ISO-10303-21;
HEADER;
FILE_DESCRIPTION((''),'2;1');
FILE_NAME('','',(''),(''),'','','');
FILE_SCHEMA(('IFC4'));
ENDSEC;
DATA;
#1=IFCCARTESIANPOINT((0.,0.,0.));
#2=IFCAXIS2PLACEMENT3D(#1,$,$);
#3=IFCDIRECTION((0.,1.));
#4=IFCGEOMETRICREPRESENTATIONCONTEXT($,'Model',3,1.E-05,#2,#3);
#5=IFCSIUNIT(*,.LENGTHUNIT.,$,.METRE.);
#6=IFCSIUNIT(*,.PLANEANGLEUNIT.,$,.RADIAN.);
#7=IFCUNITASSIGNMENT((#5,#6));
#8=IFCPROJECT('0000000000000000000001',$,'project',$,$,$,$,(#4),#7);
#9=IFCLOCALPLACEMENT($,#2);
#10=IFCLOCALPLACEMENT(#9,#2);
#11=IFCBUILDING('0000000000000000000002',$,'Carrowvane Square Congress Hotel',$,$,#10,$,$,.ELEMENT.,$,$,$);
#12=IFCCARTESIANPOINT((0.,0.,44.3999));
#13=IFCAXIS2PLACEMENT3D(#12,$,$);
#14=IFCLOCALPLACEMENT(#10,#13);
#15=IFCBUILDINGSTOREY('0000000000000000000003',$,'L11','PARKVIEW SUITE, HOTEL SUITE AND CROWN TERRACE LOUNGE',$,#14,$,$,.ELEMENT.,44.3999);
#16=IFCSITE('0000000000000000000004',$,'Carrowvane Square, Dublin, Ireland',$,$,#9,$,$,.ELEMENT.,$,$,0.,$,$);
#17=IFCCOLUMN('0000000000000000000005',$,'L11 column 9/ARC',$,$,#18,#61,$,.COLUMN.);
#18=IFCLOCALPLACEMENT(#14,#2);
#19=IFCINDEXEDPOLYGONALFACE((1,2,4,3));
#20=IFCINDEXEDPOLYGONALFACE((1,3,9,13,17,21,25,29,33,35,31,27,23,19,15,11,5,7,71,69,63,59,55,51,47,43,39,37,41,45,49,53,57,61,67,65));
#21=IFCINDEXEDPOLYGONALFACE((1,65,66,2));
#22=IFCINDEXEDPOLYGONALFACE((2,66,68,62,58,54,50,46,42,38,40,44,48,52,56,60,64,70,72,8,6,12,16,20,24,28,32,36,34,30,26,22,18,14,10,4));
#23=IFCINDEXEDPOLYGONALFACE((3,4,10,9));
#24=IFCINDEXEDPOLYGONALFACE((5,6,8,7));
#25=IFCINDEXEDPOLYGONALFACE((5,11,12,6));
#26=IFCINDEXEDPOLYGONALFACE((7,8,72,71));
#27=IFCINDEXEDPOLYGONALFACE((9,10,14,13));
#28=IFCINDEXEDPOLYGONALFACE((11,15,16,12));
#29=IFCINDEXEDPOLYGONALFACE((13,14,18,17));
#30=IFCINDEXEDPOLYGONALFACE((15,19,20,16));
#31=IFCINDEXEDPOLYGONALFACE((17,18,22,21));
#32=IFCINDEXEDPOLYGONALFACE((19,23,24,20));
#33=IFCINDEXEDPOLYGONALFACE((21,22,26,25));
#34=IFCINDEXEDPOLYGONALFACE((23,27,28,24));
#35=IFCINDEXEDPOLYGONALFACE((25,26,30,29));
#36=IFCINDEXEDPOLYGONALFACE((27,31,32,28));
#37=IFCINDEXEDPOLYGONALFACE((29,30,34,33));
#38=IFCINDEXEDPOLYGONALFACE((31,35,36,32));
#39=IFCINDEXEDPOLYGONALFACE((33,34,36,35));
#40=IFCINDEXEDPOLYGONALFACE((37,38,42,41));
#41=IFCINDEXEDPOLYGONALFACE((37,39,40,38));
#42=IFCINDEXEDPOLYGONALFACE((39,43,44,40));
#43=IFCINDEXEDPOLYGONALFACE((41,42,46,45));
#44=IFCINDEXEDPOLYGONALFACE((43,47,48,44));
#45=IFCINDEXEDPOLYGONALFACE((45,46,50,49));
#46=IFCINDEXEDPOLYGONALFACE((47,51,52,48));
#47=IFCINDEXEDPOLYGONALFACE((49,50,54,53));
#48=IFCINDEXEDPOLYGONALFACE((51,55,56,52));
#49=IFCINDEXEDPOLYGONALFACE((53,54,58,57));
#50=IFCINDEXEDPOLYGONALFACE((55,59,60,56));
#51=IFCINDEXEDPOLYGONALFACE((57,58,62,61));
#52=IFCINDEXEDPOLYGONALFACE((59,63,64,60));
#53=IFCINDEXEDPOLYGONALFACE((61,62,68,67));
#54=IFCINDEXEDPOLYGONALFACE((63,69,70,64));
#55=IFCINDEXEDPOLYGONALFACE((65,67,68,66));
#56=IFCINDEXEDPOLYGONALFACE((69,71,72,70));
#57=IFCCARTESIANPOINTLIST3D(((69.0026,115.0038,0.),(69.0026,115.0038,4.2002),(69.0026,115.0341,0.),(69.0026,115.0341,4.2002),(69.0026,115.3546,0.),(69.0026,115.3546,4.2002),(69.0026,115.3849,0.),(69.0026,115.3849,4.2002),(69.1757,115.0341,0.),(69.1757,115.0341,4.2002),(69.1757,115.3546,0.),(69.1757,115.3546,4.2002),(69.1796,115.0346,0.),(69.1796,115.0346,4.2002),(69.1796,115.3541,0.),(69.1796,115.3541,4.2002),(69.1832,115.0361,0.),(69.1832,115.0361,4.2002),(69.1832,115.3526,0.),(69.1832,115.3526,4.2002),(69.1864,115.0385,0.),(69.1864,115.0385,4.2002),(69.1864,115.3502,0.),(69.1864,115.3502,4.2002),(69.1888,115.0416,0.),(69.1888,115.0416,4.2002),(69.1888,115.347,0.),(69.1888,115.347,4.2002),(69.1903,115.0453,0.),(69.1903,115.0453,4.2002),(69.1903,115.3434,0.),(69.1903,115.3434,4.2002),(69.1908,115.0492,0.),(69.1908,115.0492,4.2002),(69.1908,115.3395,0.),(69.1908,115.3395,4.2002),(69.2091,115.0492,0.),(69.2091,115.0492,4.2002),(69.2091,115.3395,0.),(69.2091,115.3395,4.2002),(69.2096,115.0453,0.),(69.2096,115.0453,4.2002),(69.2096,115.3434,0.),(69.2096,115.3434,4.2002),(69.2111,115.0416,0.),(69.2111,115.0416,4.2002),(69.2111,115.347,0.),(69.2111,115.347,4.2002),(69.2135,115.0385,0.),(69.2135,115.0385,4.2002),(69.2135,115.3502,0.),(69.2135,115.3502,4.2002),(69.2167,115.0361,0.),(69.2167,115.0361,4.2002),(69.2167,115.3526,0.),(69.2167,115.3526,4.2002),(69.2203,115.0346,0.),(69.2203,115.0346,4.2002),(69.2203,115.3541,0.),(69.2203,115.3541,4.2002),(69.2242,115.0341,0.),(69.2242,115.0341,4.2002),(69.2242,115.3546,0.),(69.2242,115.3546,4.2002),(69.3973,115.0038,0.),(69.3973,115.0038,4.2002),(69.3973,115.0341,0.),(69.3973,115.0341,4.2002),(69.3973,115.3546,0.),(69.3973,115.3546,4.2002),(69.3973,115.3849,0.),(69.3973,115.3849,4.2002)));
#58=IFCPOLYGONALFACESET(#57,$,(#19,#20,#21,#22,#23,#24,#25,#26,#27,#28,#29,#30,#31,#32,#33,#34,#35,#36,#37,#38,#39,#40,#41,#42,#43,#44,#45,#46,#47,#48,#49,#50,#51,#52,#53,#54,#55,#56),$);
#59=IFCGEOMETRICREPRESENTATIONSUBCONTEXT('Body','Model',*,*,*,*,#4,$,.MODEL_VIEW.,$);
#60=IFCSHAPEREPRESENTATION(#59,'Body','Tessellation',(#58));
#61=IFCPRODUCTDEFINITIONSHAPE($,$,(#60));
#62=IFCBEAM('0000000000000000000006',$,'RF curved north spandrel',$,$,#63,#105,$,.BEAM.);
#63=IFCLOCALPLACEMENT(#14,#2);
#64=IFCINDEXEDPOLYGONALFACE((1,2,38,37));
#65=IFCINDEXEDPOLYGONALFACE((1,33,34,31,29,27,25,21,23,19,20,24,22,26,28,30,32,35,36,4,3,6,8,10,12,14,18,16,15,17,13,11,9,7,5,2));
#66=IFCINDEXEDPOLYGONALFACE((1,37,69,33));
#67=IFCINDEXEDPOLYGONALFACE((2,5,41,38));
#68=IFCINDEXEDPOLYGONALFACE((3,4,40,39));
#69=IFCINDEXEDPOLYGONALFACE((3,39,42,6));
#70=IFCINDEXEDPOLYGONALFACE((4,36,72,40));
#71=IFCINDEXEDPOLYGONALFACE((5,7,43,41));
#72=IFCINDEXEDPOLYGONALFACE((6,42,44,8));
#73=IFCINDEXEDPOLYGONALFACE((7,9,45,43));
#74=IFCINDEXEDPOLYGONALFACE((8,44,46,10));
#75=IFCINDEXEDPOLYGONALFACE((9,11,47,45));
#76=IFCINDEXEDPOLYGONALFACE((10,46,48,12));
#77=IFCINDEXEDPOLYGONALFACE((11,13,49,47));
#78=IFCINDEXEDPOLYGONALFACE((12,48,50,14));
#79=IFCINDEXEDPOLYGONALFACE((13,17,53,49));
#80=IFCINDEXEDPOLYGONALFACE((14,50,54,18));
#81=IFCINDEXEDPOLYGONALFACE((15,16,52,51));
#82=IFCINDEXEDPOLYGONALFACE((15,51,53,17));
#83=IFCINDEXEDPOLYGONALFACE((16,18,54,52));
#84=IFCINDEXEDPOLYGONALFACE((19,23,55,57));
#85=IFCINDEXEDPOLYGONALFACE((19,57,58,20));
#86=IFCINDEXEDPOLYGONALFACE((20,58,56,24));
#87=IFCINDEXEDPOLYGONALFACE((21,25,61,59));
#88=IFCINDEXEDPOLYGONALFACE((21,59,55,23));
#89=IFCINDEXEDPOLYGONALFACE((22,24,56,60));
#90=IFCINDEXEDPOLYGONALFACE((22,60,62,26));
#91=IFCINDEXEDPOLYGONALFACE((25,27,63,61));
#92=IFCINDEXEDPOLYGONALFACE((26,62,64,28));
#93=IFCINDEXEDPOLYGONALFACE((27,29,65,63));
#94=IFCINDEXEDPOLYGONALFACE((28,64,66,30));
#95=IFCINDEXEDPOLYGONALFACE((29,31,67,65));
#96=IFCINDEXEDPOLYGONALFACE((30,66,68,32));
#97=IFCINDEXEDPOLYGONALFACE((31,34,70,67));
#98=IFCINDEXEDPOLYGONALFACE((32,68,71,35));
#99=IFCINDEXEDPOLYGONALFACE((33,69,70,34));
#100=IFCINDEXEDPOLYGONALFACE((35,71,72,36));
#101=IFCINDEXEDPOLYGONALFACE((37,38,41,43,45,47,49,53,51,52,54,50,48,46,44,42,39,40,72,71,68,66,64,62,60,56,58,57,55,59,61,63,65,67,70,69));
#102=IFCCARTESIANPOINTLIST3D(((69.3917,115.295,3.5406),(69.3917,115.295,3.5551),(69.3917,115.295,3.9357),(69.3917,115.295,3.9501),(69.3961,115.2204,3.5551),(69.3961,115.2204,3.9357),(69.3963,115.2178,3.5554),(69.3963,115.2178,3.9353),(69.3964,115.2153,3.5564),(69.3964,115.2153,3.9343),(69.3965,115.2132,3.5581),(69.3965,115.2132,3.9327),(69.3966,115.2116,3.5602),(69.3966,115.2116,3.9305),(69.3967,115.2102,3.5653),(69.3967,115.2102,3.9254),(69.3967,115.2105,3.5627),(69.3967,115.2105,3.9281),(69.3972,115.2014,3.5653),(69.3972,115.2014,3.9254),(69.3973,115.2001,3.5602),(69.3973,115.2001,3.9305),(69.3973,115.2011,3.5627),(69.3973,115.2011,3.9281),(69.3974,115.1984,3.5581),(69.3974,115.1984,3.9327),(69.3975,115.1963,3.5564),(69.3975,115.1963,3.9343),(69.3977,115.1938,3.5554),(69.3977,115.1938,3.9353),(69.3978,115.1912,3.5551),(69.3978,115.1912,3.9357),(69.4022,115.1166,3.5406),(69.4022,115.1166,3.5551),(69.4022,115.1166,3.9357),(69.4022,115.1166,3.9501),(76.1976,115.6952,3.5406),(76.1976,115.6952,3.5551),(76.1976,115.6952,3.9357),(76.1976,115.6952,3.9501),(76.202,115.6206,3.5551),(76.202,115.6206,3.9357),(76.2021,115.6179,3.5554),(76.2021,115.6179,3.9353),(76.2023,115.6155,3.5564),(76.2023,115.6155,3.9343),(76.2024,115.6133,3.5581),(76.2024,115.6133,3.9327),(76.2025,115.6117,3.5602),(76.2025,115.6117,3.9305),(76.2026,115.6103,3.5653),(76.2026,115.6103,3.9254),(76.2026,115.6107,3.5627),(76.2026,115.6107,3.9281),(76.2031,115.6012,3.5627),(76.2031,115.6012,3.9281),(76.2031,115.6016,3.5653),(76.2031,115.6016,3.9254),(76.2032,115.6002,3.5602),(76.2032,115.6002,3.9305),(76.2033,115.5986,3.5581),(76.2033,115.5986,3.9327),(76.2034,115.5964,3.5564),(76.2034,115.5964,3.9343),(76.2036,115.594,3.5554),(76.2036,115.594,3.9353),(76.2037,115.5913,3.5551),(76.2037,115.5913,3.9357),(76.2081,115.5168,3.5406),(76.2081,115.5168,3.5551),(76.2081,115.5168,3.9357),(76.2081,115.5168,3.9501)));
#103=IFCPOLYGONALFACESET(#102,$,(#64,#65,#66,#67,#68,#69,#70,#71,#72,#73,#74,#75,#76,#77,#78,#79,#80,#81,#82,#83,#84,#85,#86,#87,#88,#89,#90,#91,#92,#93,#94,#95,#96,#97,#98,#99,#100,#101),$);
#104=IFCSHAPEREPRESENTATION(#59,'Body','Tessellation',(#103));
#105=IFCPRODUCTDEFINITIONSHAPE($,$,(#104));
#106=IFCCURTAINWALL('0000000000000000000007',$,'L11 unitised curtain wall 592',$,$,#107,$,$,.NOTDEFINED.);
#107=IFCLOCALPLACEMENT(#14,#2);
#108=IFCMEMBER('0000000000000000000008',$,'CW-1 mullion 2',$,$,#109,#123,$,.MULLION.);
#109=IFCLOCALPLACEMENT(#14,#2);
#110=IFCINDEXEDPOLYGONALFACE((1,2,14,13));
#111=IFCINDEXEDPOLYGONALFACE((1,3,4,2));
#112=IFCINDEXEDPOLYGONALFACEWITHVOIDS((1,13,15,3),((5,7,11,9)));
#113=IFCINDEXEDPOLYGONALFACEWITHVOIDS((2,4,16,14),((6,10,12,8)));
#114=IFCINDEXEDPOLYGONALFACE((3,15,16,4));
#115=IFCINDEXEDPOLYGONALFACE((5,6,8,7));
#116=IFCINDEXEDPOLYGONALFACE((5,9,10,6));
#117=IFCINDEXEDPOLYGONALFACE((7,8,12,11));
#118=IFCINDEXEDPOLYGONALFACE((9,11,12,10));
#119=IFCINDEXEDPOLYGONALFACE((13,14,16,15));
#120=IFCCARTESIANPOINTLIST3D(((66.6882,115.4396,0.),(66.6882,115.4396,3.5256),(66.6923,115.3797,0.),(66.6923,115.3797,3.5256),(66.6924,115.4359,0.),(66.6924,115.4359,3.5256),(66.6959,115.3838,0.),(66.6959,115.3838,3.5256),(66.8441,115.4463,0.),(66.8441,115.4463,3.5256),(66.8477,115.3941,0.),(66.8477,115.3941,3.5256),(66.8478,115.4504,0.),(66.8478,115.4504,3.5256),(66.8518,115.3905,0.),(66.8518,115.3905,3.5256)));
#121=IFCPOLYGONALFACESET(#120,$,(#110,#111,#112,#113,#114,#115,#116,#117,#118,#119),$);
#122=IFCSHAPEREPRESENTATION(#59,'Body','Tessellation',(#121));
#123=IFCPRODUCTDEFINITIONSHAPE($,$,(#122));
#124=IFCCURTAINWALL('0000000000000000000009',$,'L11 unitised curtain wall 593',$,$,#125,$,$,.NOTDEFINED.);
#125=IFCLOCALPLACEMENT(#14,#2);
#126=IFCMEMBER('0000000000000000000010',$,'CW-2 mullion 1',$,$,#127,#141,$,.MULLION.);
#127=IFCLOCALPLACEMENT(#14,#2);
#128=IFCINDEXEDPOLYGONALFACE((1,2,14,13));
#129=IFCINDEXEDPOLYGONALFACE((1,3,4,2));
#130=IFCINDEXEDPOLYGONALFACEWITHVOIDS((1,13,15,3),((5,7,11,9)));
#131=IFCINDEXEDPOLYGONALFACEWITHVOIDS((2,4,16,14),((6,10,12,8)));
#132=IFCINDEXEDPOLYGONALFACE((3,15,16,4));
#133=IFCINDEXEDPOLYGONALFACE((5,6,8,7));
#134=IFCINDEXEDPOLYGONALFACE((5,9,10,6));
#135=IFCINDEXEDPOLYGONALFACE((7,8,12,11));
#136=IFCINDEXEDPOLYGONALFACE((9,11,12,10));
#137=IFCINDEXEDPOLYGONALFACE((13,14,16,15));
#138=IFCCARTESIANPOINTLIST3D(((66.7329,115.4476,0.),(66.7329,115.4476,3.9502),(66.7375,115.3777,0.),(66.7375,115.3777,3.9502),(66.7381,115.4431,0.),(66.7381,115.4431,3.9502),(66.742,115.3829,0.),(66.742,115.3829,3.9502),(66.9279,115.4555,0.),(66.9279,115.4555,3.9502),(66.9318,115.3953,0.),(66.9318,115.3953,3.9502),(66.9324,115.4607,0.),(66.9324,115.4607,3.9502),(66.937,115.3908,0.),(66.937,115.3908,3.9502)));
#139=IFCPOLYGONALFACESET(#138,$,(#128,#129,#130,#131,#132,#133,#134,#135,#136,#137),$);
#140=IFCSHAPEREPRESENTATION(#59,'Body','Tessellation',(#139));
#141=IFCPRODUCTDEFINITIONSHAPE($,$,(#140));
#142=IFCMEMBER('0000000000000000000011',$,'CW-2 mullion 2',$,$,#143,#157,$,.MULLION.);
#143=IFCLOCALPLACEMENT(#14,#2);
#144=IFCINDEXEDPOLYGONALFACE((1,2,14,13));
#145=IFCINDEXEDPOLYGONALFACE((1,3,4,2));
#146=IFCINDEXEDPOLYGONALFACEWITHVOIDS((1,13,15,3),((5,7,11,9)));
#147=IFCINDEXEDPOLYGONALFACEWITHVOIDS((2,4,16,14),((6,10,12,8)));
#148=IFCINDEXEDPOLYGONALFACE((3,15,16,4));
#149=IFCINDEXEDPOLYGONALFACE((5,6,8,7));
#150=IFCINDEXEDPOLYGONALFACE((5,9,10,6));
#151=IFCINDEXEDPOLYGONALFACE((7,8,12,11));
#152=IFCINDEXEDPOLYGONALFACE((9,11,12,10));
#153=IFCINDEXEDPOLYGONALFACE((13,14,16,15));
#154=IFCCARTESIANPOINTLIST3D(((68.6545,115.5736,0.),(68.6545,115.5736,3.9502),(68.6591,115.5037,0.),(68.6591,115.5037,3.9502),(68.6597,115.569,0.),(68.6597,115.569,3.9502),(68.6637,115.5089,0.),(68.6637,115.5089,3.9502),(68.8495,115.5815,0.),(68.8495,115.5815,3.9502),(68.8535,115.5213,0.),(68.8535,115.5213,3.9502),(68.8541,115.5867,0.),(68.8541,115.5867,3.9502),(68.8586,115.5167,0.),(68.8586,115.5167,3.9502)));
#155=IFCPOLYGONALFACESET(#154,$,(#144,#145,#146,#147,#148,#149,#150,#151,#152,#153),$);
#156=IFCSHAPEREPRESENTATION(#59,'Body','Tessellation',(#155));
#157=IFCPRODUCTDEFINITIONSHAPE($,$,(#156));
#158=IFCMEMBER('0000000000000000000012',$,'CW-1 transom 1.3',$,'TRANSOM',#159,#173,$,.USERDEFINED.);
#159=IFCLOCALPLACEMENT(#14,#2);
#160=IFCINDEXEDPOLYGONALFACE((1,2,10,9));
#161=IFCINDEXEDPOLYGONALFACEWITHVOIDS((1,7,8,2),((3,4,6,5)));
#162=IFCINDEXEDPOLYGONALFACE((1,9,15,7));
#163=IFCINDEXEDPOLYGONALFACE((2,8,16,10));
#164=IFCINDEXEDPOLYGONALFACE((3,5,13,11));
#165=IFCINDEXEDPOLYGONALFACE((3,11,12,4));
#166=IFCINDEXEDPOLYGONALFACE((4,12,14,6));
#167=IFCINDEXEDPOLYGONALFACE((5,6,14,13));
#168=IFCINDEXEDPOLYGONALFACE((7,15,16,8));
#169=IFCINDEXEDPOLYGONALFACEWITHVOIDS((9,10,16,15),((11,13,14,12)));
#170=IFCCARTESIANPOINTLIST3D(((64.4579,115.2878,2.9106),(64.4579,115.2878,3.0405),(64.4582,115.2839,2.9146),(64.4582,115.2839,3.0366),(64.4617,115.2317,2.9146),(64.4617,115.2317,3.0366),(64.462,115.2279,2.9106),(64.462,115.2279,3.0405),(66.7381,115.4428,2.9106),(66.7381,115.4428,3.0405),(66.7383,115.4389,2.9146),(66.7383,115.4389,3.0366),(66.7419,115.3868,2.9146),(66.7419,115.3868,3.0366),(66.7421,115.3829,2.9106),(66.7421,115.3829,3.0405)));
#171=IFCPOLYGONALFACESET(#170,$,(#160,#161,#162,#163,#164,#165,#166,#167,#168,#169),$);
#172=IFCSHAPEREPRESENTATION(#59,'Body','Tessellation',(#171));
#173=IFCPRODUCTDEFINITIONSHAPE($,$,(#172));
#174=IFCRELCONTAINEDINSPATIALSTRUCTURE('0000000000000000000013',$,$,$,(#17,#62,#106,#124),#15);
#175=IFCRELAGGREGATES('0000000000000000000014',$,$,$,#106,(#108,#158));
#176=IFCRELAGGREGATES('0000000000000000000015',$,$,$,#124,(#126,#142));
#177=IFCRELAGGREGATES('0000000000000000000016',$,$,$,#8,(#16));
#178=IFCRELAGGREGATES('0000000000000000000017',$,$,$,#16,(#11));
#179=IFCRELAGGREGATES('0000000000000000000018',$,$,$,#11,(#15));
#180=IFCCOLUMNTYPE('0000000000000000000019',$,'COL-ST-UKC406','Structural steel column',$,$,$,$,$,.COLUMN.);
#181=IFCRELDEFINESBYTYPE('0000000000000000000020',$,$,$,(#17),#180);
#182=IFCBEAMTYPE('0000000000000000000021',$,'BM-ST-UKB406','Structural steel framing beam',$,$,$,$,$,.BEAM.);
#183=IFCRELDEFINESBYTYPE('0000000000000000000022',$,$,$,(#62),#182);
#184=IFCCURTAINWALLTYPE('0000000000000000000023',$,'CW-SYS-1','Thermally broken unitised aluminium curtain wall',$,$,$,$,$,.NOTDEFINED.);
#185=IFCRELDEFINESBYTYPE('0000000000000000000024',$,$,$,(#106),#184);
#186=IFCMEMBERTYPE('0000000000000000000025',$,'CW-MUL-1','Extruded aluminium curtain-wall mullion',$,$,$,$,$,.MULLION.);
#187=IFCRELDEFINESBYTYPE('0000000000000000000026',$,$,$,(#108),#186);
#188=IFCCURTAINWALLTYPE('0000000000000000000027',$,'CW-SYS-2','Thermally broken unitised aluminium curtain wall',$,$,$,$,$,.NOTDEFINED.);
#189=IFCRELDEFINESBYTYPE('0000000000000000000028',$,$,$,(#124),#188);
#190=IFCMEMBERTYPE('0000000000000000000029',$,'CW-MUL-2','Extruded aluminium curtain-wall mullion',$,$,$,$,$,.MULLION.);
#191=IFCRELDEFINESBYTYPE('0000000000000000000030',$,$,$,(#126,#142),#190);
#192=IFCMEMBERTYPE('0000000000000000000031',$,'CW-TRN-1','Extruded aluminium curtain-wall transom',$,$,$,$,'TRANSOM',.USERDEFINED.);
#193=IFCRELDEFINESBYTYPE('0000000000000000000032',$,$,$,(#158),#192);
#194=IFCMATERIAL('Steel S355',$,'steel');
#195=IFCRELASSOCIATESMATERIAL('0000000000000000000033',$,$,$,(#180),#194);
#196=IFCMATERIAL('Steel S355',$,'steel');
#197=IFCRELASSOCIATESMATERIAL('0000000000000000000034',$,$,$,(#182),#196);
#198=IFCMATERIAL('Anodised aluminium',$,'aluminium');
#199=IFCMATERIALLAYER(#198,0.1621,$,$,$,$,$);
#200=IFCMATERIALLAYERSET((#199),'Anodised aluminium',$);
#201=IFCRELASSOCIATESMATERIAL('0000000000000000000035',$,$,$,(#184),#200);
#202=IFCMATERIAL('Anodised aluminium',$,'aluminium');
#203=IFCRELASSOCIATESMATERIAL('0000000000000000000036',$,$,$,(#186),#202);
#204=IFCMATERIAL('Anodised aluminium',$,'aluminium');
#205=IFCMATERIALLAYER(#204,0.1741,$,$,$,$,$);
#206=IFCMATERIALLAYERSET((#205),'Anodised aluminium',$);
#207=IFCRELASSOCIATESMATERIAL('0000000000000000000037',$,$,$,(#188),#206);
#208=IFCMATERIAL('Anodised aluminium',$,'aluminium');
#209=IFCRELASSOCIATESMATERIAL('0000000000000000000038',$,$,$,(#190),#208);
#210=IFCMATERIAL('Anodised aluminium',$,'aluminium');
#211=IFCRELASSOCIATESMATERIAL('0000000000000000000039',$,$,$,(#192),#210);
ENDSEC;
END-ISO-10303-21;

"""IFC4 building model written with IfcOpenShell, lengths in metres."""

from ifc_helpers import new_model, si_unit, direction, frame, origin, origin_2d, place, context, subcontext, project, spatial, hollow_rectangle, i_section, extrude, material, layer, layer_set, material_profile, profile_set, type_object, element, aggregate, save


model = new_model("IFC4")

# Units and contexts
model_context = context("Model", 3, precision=1e-05, world=origin(), true_north=direction((0.0, 1.0)))
body_context = subcontext(model_context, "Body", "Model", "MODEL_VIEW")
ifc_project = project(units=[si_unit("LENGTHUNIT", "METRE"), si_unit("PLANEANGLEUNIT", "RADIAN")], contexts=[model_context])

# Site, building, storey
site_placement = place(None, origin())
site = spatial("IfcSite", under=ifc_project, at=site_placement, Name="Carrowvane Square, Dublin, Ireland", CompositionType="ELEMENT", RefElevation=0.0)
building_placement = place(site_placement, origin())
building = spatial("IfcBuilding", under=site, at=building_placement, Name="Carrowvane Square Congress Hotel", CompositionType="ELEMENT")
storey_placement = place(building_placement, frame((0.0, 0.0, 44.3999)))
storey = spatial("IfcBuildingStorey", under=building, at=storey_placement, Name="L11", Description="PARKVIEW SUITE, HOTEL SUITE AND CROWN TERRACE LOUNGE", CompositionType="ELEMENT", Elevation=44.3999)

# Column
ifc_material_1 = material(Name="Steel S355", Category="steel")
ifc_material_profile_1 = material_profile(ifc_material_1, i_section(OverallWidth=0.3948, OverallDepth=0.3811, WebThickness=0.0183, FlangeThickness=0.0303, FilletRadius=0.0151, at=origin_2d()), Name="UKC 356x406x235")
ifc_profile_set_1 = profile_set([ifc_material_profile_1], Name="Steel S355")
column_type = type_object("IfcColumnType", Name="COL-ST-UKC406", Description="Structural steel column", PredefinedType="COLUMN", material=ifc_profile_set_1)
column_placement = place(storey_placement, frame((69.2, 115.1943, 0.0), z_axis=(0.0, 0.0, 1.0), x_axis=(1.0, 0.0, 0.0)))
element("IfcColumn", 1, at=column_placement, inside=storey, type_object=column_type, Name="L11 column 9/ARC", PredefinedType="COLUMN", context=body_context, shape_type="SweptSolid", body=[
    extrude(i_section(OverallWidth=0.3948, OverallDepth=0.3811, WebThickness=0.0183, FlangeThickness=0.0303, FilletRadius=0.0151, at=origin_2d()), origin(), (0.0, 0.0, 1.0), 4.2002),
])

# Beam
ifc_material_2 = material(Name="Steel S355", Category="steel")
ifc_material_profile_2 = material_profile(ifc_material_2, i_section(OverallWidth=0.1787, OverallDepth=0.4094, WebThickness=0.0088, FlangeThickness=0.0144, FilletRadius=0.0103, at=origin_2d()), Name="UKB 406x178x67")
ifc_profile_set_2 = profile_set([ifc_material_profile_2], Name="Steel S355")
beam_type = type_object("IfcBeamType", Name="BM-ST-UKB406", Description="Structural steel framing beam", PredefinedType="BEAM", material=ifc_profile_set_2)
beam_placement = place(storey_placement, frame((69.397, 115.2058, 3.7454), z_axis=(0.998276, 0.058693, 0.0), x_axis=(-0.058693, 0.998276, 0.0)))
element("IfcBeam", 2, at=beam_placement, inside=storey, type_object=beam_type, Name="RF curved north spandrel", PredefinedType="BEAM", context=body_context, shape_type="SweptSolid", body=[
    extrude(i_section(OverallWidth=0.1787, OverallDepth=0.4094, WebThickness=0.0088, FlangeThickness=0.0144, FilletRadius=0.0103, at=origin_2d()), origin(), (0.0, 0.0, 1.0), 6.8176),
])

# Curtain wall, member
ifc_material_3 = material(Name="Anodised aluminium", Category="aluminium")
ifc_layer_1 = layer(ifc_material_3, 0.1621)
ifc_layer_set_1 = layer_set([ifc_layer_1], Name="Anodised aluminium")
curtain_wall_type_1 = type_object("IfcCurtainWallType", Name="CW-SYS-1", Description="Thermally broken unitised aluminium curtain wall", PredefinedType="NOTDEFINED", material=ifc_layer_set_1)
curtain_wall_1_placement = place(storey_placement, origin())
curtain_wall_1 = element("IfcCurtainWall", 3, at=curtain_wall_1_placement, inside=storey, type_object=curtain_wall_type_1, Name="L11 unitised curtain wall 592", PredefinedType="NOTDEFINED")
ifc_material_4 = material(Name="Anodised aluminium", Category="aluminium")
ifc_material_profile_3 = material_profile(ifc_material_4, hollow_rectangle(XDim=0.0601, YDim=0.1599, WallThickness=0.0039, at=origin_2d()), Name="CW-ML 60x160x4")
ifc_profile_set_3 = profile_set([ifc_material_profile_3], Name="Anodised aluminium")
member_type_1 = type_object("IfcMemberType", Name="CW-MUL-1", Description="Extruded aluminium curtain-wall mullion", PredefinedType="MULLION", material=ifc_profile_set_3)
member_1_placement = place(storey_placement, frame((66.77, 115.415, 0.0), z_axis=(0.0, 0.0, 1.0), x_axis=(-0.067865, 0.997694, 0.0)))
member_1 = element("IfcMember", 4, at=member_1_placement, type_object=member_type_1, Name="CW-1 mullion 2", PredefinedType="MULLION", context=body_context, shape_type="SweptSolid", body=[
    extrude(hollow_rectangle(XDim=0.0601, YDim=0.1599, WallThickness=0.0039, at=origin_2d()), origin(), (0.0, 0.0, 1.0), 3.5256),
])

# Curtain wall, members
ifc_material_5 = material(Name="Anodised aluminium", Category="aluminium")
ifc_layer_2 = layer(ifc_material_5, 0.1741)
ifc_layer_set_2 = layer_set([ifc_layer_2], Name="Anodised aluminium")
curtain_wall_type_2 = type_object("IfcCurtainWallType", Name="CW-SYS-2", Description="Thermally broken unitised aluminium curtain wall", PredefinedType="NOTDEFINED", material=ifc_layer_set_2)
curtain_wall_2_placement = place(storey_placement, origin())
curtain_wall_2 = element("IfcCurtainWall", 5, at=curtain_wall_2_placement, inside=storey, type_object=curtain_wall_type_2, Name="L11 unitised curtain wall 593", PredefinedType="NOTDEFINED")
ifc_material_6 = material(Name="Anodised aluminium", Category="aluminium")
ifc_material_profile_4 = material_profile(ifc_material_6, hollow_rectangle(XDim=0.0701, YDim=0.2, WallThickness=0.0049, at=origin_2d()), Name="CW-ML 70x200x5")
ifc_profile_set_4 = profile_set([ifc_material_profile_4], Name="Anodised aluminium")
member_type_2 = type_object("IfcMemberType", Name="CW-MUL-2", Description="Extruded aluminium curtain-wall mullion", PredefinedType="MULLION", material=ifc_profile_set_4)
member_2_placement = place(storey_placement, frame((66.835, 115.4192, 0.0), z_axis=(0.0, 0.0, 1.0), x_axis=(-0.065412, 0.997858, 0.0)))
member_2 = element("IfcMember", 6, at=member_2_placement, type_object=member_type_2, Name="CW-2 mullion 1", PredefinedType="MULLION", context=body_context, shape_type="SweptSolid", body=[
    extrude(hollow_rectangle(XDim=0.0701, YDim=0.2, WallThickness=0.0049, at=origin_2d()), origin(), (0.0, 0.0, 1.0), 3.9502),
])
member_3_placement = place(storey_placement, frame((68.7566, 115.5452, 0.0), z_axis=(0.0, 0.0, 1.0), x_axis=(-0.065412, 0.997858, 0.0)))
member_3 = element("IfcMember", 7, at=member_3_placement, type_object=member_type_2, Name="CW-2 mullion 2", PredefinedType="MULLION", context=body_context, shape_type="SweptSolid", body=[
    extrude(hollow_rectangle(XDim=0.0701, YDim=0.2, WallThickness=0.0049, at=origin_2d()), origin(), (0.0, 0.0, 1.0), 3.9502),
])

# Member
ifc_material_7 = material(Name="Anodised aluminium", Category="aluminium")
ifc_material_profile_5 = material_profile(ifc_material_7, hollow_rectangle(XDim=0.0601, YDim=0.1299, WallThickness=0.0039, at=origin_2d()), Name="CW-TR 60x130x4")
ifc_profile_set_5 = profile_set([ifc_material_profile_5], Name="Anodised aluminium")
member_type_3 = type_object("IfcMemberType", Name="CW-TRN-1", Description="Extruded aluminium curtain-wall transom", ElementType="TRANSOM", PredefinedType="USERDEFINED", material=ifc_profile_set_5)
member_4_placement = place(storey_placement, frame((64.46, 115.2578, 2.9756), z_axis=(0.997696, 0.067838, 0.0), x_axis=(-0.067838, 0.997696, 0.0)))
member_4 = element("IfcMember", 8, at=member_4_placement, type_object=member_type_3, Name="CW-1 transom 1.3", ObjectType="TRANSOM", PredefinedType="USERDEFINED", context=body_context, shape_type="SweptSolid", body=[
    extrude(hollow_rectangle(XDim=0.0601, YDim=0.1299, WallThickness=0.0039, at=origin_2d()), origin(), (0.0, 0.0, 1.0), 2.2854),
])

aggregate(curtain_wall_1, [member_1, member_4])
aggregate(curtain_wall_2, [member_2, member_3])

save(model, "model.ifc")
